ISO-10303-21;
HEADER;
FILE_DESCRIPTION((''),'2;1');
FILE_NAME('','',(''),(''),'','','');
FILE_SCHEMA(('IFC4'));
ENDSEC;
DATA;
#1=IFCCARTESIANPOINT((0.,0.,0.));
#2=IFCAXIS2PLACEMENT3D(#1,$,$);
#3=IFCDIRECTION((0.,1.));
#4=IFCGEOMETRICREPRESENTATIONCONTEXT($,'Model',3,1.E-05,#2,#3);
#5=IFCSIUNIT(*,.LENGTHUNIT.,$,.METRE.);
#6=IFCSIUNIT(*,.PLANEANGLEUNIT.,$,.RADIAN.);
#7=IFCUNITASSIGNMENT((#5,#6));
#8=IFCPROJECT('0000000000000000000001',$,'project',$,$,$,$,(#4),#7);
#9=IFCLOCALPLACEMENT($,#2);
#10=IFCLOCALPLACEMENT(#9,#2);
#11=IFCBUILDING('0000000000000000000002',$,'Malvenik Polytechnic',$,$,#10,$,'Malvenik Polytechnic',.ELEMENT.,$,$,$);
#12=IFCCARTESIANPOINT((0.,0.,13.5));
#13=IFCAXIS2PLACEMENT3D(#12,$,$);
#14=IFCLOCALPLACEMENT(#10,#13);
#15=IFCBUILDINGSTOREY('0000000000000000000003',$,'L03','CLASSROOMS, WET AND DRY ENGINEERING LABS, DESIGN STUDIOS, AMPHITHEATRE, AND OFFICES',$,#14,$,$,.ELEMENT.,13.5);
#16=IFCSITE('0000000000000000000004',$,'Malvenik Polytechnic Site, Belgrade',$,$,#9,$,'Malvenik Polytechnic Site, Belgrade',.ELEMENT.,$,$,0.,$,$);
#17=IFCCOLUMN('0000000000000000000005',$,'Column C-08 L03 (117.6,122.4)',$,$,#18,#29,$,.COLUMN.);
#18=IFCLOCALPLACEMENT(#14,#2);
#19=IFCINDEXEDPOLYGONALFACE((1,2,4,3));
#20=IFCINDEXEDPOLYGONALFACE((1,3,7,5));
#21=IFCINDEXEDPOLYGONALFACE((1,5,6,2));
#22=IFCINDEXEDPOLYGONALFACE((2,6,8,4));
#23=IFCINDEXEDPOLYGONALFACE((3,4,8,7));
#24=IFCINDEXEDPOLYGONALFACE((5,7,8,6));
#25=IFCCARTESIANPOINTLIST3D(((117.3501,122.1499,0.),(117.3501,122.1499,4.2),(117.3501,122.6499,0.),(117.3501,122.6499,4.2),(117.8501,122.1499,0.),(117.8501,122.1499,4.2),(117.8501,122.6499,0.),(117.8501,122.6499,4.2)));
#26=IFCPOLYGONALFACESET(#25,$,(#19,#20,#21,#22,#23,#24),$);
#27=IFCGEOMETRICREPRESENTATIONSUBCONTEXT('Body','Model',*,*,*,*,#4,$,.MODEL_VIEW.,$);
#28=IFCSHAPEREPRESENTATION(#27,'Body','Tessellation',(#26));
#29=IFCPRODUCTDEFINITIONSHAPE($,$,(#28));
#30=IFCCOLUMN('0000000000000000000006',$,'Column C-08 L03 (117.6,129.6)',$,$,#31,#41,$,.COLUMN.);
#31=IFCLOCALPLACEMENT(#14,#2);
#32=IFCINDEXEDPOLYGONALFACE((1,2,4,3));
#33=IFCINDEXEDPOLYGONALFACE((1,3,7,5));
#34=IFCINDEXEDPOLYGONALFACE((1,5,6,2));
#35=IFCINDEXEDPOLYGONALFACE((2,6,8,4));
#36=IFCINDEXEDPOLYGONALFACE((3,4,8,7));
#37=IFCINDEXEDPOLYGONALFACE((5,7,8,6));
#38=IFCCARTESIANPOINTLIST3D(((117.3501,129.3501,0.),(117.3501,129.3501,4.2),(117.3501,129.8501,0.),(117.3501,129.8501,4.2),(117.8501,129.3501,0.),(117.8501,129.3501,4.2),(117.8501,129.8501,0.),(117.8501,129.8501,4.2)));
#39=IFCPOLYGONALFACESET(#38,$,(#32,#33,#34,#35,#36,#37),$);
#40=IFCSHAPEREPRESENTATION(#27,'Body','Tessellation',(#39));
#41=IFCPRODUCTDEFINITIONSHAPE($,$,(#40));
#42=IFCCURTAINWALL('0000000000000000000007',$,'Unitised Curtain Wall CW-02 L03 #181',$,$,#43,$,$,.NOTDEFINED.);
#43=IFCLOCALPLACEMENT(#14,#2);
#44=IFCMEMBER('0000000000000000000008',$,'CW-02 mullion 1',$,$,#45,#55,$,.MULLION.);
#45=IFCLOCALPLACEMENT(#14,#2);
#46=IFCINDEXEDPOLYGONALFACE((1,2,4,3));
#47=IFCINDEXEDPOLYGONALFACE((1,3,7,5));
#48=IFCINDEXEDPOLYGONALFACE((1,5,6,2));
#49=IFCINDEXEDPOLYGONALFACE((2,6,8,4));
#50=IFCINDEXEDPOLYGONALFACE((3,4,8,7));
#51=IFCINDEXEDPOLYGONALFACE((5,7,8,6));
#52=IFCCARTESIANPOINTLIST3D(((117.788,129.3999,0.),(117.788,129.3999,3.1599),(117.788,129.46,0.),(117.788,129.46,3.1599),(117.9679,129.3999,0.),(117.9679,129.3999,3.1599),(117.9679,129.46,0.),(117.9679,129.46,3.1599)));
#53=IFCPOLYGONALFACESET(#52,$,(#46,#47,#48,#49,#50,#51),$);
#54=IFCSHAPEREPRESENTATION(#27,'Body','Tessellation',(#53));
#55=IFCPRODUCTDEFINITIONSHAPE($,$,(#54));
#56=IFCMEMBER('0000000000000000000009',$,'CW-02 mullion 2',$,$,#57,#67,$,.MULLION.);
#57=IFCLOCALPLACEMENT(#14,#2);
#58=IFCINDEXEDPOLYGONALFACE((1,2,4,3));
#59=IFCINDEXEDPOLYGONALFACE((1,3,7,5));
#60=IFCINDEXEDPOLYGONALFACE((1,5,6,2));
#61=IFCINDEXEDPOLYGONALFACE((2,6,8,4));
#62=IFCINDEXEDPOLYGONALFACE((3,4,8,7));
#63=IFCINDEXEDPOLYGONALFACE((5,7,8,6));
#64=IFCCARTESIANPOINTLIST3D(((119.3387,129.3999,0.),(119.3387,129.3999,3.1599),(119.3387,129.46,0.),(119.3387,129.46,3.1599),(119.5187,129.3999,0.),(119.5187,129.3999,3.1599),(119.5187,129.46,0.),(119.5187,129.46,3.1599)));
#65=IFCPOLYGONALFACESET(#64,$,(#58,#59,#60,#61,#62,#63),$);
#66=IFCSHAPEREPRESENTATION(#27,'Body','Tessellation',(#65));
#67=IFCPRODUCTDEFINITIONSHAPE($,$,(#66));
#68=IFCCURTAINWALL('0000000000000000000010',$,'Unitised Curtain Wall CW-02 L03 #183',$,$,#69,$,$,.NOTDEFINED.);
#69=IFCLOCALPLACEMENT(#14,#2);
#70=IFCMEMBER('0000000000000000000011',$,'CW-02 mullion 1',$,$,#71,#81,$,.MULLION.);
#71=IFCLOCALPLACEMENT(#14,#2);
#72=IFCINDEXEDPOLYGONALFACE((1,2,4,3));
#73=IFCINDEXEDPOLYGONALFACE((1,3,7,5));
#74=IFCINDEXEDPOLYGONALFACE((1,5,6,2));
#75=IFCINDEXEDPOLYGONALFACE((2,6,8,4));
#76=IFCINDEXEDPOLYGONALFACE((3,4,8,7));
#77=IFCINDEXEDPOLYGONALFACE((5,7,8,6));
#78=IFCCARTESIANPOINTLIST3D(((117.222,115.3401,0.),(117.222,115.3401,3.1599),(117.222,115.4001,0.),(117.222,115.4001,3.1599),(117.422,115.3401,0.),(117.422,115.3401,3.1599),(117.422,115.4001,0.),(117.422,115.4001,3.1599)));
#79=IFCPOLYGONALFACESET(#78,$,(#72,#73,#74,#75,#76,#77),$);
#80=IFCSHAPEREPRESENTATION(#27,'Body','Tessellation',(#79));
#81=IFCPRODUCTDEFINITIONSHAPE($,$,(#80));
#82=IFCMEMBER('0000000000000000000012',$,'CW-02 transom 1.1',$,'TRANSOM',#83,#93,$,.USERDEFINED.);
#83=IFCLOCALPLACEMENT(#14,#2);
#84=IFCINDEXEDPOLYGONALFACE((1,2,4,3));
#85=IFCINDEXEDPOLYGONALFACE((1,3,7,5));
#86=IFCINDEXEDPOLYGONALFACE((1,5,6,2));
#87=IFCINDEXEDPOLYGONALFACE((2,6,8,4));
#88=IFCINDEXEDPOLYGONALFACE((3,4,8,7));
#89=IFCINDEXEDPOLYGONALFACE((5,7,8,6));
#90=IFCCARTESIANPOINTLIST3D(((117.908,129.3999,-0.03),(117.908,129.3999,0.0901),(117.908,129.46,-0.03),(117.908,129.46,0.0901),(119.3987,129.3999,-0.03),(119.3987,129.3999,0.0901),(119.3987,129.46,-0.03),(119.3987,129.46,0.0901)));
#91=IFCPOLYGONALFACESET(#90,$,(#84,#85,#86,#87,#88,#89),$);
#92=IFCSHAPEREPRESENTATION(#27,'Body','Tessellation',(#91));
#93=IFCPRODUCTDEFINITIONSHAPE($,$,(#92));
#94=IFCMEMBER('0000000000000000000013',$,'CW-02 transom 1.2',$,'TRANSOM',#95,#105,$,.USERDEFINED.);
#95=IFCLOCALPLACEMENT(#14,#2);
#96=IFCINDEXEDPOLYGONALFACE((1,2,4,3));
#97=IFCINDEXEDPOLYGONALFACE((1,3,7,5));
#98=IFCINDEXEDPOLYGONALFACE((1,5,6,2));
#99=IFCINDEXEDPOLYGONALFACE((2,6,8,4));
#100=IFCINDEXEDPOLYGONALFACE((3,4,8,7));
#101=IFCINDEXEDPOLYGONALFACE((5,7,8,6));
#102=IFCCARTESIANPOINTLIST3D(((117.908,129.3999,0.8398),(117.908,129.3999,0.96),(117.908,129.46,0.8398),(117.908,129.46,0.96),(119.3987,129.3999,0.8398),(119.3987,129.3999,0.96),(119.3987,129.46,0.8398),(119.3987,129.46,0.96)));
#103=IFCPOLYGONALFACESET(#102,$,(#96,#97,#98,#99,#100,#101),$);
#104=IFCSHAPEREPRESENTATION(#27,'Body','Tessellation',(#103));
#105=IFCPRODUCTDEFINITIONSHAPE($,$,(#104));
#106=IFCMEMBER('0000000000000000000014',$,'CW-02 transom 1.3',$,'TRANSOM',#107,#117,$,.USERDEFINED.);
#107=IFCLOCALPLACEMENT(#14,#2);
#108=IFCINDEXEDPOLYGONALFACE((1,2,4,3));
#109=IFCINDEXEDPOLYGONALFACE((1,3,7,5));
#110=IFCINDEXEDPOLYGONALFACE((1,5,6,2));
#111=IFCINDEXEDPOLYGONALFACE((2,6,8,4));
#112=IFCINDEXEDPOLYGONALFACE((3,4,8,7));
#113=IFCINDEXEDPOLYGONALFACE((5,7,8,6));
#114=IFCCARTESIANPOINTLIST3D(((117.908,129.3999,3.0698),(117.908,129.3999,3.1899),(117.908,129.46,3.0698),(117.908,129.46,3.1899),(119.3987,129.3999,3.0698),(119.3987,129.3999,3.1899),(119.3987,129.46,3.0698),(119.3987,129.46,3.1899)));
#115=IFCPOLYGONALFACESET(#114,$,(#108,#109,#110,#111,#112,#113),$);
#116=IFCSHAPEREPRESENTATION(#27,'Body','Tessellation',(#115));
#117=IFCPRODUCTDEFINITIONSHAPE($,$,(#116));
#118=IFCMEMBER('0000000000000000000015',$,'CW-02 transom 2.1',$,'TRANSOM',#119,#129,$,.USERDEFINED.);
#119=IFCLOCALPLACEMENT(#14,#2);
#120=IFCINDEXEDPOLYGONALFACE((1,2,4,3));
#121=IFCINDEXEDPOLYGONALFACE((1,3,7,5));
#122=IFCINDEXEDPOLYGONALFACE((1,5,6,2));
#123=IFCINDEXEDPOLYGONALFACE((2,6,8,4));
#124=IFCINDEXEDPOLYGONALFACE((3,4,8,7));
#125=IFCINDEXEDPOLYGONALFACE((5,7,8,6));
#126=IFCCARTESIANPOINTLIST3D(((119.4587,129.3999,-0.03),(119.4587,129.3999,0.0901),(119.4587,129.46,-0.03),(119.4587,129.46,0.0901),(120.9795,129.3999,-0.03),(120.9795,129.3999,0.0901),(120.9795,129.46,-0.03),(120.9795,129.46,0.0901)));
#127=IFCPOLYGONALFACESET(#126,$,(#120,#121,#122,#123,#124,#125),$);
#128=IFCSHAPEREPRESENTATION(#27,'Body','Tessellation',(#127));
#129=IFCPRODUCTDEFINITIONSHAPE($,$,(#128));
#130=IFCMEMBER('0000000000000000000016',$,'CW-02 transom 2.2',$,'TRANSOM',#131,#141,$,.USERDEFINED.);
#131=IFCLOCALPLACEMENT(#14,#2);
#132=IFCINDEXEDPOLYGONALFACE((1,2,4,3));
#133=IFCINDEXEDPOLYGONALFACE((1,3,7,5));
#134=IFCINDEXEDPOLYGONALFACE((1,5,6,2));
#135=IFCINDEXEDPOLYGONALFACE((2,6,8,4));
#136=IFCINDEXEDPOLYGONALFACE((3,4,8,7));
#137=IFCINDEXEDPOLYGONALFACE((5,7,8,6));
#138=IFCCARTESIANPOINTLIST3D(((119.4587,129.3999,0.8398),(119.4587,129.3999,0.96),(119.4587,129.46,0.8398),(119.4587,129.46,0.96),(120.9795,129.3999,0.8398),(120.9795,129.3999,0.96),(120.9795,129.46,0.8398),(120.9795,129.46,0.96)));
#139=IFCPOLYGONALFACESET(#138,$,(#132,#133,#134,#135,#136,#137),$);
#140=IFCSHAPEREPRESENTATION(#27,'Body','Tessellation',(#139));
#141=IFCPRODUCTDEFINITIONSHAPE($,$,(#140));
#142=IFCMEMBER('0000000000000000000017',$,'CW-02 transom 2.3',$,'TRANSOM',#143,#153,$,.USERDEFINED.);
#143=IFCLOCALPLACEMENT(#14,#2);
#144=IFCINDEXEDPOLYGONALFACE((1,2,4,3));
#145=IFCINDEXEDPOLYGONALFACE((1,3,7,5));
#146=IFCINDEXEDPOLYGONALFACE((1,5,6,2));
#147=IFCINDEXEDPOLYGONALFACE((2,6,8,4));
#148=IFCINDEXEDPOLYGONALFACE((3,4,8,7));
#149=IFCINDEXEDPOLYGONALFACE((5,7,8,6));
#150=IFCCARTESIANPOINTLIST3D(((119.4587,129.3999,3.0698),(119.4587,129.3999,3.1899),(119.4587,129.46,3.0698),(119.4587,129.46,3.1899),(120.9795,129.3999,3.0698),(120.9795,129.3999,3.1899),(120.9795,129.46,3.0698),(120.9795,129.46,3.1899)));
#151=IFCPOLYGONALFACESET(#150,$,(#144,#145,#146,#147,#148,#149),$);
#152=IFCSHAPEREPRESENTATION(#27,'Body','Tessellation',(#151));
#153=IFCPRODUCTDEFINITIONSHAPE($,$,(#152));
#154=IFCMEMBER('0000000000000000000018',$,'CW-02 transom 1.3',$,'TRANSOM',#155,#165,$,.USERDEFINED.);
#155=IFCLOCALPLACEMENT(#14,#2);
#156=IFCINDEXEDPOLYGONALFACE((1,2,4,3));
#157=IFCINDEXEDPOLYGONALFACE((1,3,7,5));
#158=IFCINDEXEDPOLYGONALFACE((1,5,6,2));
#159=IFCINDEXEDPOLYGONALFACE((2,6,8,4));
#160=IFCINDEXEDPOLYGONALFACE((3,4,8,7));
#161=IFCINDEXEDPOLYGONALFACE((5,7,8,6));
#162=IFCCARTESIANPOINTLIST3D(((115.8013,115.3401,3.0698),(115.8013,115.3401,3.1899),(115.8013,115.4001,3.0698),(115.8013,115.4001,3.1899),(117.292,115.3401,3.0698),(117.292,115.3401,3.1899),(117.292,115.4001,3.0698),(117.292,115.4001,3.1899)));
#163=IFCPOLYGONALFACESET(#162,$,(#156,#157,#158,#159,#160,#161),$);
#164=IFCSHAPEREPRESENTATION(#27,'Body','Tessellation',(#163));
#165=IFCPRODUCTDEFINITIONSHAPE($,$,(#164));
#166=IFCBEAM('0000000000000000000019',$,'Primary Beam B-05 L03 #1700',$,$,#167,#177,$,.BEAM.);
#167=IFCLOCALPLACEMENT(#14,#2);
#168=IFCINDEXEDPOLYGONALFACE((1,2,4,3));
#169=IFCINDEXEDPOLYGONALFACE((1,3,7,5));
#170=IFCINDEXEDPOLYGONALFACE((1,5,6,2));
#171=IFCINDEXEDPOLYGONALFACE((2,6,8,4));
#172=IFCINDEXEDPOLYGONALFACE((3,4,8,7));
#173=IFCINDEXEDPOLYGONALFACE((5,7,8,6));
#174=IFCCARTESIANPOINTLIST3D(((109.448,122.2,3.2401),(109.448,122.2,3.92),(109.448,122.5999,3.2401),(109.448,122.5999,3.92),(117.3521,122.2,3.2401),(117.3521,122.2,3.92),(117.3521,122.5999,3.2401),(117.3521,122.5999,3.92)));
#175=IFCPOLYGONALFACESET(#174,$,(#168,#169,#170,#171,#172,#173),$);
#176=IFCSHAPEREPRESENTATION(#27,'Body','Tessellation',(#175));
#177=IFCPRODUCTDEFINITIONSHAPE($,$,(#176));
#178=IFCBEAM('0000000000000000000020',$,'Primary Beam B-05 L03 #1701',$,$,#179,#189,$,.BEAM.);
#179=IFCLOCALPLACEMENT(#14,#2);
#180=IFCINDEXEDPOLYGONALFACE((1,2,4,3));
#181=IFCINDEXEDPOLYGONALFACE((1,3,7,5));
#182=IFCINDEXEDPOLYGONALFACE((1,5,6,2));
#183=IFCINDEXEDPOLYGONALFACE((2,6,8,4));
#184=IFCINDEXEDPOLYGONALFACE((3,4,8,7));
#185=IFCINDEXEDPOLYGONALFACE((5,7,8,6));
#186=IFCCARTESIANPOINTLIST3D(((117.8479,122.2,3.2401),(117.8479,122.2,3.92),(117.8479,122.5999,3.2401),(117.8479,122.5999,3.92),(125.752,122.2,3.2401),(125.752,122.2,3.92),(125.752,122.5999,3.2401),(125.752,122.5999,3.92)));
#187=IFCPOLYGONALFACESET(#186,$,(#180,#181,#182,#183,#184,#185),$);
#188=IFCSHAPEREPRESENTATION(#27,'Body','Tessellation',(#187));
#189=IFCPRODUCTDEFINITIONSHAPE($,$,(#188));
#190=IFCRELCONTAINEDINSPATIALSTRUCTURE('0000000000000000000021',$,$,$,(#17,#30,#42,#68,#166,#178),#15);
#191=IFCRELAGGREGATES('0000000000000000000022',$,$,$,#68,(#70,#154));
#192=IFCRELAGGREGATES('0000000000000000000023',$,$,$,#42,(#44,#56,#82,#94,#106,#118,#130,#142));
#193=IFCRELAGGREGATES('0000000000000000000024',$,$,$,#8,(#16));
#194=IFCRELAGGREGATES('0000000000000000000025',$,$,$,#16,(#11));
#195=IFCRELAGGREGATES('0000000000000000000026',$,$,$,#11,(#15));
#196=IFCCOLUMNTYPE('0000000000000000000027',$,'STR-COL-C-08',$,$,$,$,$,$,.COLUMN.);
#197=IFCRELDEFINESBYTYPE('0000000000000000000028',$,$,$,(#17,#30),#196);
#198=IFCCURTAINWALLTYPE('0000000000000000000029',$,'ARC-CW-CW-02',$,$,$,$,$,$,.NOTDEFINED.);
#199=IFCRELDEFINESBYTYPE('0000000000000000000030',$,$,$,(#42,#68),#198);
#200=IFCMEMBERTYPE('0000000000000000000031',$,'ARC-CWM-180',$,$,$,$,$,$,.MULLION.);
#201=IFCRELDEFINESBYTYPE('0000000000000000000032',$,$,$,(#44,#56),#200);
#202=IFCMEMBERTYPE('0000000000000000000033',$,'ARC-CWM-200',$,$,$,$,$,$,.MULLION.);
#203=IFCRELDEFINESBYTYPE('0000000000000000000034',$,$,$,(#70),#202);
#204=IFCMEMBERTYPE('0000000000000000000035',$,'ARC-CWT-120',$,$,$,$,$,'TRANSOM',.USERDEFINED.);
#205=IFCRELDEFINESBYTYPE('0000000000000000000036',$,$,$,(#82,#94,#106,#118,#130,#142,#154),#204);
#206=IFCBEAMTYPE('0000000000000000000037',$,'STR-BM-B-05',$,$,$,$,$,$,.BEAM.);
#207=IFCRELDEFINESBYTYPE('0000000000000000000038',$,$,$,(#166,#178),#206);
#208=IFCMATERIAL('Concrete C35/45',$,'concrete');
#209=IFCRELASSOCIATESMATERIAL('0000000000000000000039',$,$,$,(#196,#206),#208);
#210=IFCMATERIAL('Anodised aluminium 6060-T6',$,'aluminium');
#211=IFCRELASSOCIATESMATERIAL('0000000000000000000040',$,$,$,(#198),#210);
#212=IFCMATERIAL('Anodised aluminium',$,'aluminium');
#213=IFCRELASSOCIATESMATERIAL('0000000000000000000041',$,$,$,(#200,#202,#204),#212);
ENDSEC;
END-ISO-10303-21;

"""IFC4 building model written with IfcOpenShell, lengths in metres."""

from ifc_helpers import new_model, si_unit, direction, frame, origin, origin_2d, place, context, subcontext, project, spatial, rectangle, extrude, material, material_profile, profile_set, type_object, element, aggregate, save


model = new_model("IFC4")

# Units and contexts
model_context = context("Model", 3, precision=1e-05, world=origin(), true_north=direction((0.0, 1.0)))
body_context = subcontext(model_context, "Body", "Model", "MODEL_VIEW")
ifc_project = project(units=[si_unit("LENGTHUNIT", "METRE"), si_unit("PLANEANGLEUNIT", "RADIAN")], contexts=[model_context])

# Site, building, storey
site_placement = place(None, origin())
site = spatial("IfcSite", under=ifc_project, at=site_placement, Name="Malvenik Polytechnic Site, Belgrade", LongName="Malvenik Polytechnic Site, Belgrade", CompositionType="ELEMENT", RefElevation=0.0)
building_placement = place(site_placement, origin())
building = spatial("IfcBuilding", under=site, at=building_placement, Name="Malvenik Polytechnic", LongName="Malvenik Polytechnic", CompositionType="ELEMENT")
storey_placement = place(building_placement, frame((0.0, 0.0, 13.5)))
storey = spatial("IfcBuildingStorey", under=building, at=storey_placement, Name="L03", Description="CLASSROOMS, WET AND DRY ENGINEERING LABS, DESIGN STUDIOS, AMPHITHEATRE, AND OFFICES", CompositionType="ELEMENT", Elevation=13.5)

# Columns
ifc_material_1 = material(Name="Concrete C35/45", Category="concrete")
ifc_material_profile_1 = material_profile(ifc_material_1, rectangle(XDim=0.5, YDim=0.5, at=origin_2d()), Name="RC COL 500x500")
ifc_profile_set_1 = profile_set([ifc_material_profile_1], Name="Concrete C35/45")
column_type = type_object("IfcColumnType", Name="STR-COL-C-08", PredefinedType="COLUMN", material=ifc_profile_set_1)
for number, where, z_axis, x_axis, name in (
    (1, (117.6001, 122.3999, 0.0), (0.0, 0.0, 1.0), (1.0, 0.0, 0.0), "Column C-08 L03 (117.6,122.4)"),
    (2, (117.6001, 129.6001, 0.0), (0.0, 0.0, 1.0), (1.0, 0.0, 0.0), "Column C-08 L03 (117.6,129.6)"),
):
    element("IfcColumn", number, at=place(storey_placement, frame(where, z_axis=z_axis, x_axis=x_axis)), inside=storey, type_object=column_type, Name=name, PredefinedType="COLUMN", context=body_context, shape_type="SweptSolid", body=[
        extrude(rectangle(XDim=0.5, YDim=0.5, at=origin_2d()), origin(), (0.0, 0.0, 1.0), 4.2),
    ])

# Curtain wall, members
ifc_material_2 = material(Name="Anodised aluminium 6060-T6", Category="aluminium")
curtain_wall_type = type_object("IfcCurtainWallType", Name="ARC-CW-CW-02", PredefinedType="NOTDEFINED", material=ifc_material_2)
curtain_wall_1_placement = place(storey_placement, origin())
curtain_wall_1 = element("IfcCurtainWall", 3, at=curtain_wall_1_placement, inside=storey, type_object=curtain_wall_type, Name="Unitised Curtain Wall CW-02 L03 #181", PredefinedType="NOTDEFINED")
ifc_material_3 = material(Name="Anodised aluminium", Category="aluminium")
ifc_material_profile_2 = material_profile(ifc_material_3, rectangle(XDim=0.0601, YDim=0.1799, at=origin_2d()), Name="ALU MULLION 60x180")
ifc_profile_set_2 = profile_set([ifc_material_profile_2], Name="Anodised aluminium")
member_type_1 = type_object("IfcMemberType", Name="ARC-CWM-180", PredefinedType="MULLION", material=ifc_profile_set_2)
member_1_placement = place(storey_placement, frame((117.8779, 129.4299, 0.0), z_axis=(0.0, 0.0, 1.0), x_axis=(0.0, 1.0, 0.0)))
member_1 = element("IfcMember", 4, at=member_1_placement, type_object=member_type_1, Name="CW-02 mullion 1", PredefinedType="MULLION", context=body_context, shape_type="SweptSolid", body=[
    extrude(rectangle(XDim=0.0601, YDim=0.1799, at=origin_2d()), origin(), (0.0, 0.0, 1.0), 3.1599),
])
member_2_placement = place(storey_placement, frame((119.4287, 129.4299, 0.0), z_axis=(0.0, 0.0, 1.0), x_axis=(0.0, 1.0, 0.0)))
member_2 = element("IfcMember", 5, at=member_2_placement, type_object=member_type_1, Name="CW-02 mullion 2", PredefinedType="MULLION", context=body_context, shape_type="SweptSolid", body=[
    extrude(rectangle(XDim=0.0601, YDim=0.1799, at=origin_2d()), origin(), (0.0, 0.0, 1.0), 3.1599),
])

# Curtain wall, member
curtain_wall_2_placement = place(storey_placement, origin())
curtain_wall_2 = element("IfcCurtainWall", 6, at=curtain_wall_2_placement, inside=storey, type_object=curtain_wall_type, Name="Unitised Curtain Wall CW-02 L03 #183", PredefinedType="NOTDEFINED")
ifc_material_profile_3 = material_profile(ifc_material_3, rectangle(XDim=0.0601, YDim=0.2, at=origin_2d()), Name="ALU MULLION 60x200")
ifc_profile_set_3 = profile_set([ifc_material_profile_3], Name="Anodised aluminium")
member_type_2 = type_object("IfcMemberType", Name="ARC-CWM-200", PredefinedType="MULLION", material=ifc_profile_set_3)
member_3_placement = place(storey_placement, frame((117.322, 115.3701, 0.0), z_axis=(0.0, 0.0, 1.0), x_axis=(0.0, -1.0, 0.0)))
member_3 = element("IfcMember", 7, at=member_3_placement, type_object=member_type_2, Name="CW-02 mullion 1", PredefinedType="MULLION", context=body_context, shape_type="SweptSolid", body=[
    extrude(rectangle(XDim=0.0601, YDim=0.2, at=origin_2d()), origin(), (0.0, 0.0, 1.0), 3.1599),
])

# Members
ifc_material_profile_4 = material_profile(ifc_material_3, rectangle(XDim=0.0601, YDim=0.1201, at=origin_2d()), Name="ALU TRANSOM 60x120")
ifc_profile_set_4 = profile_set([ifc_material_profile_4], Name="Anodised aluminium")
member_type_3 = type_object("IfcMemberType", Name="ARC-CWT-120", ElementType="TRANSOM", PredefinedType="USERDEFINED", material=ifc_profile_set_4)
member_4_placement = place(storey_placement, frame((117.908, 129.4299, 0.03), z_axis=(1.0, 0.0, 0.0), x_axis=(0.0, 1.0, 0.0)))
member_4 = element("IfcMember", 8, at=member_4_placement, type_object=member_type_3, Name="CW-02 transom 1.1", ObjectType="TRANSOM", PredefinedType="USERDEFINED", context=body_context, shape_type="SweptSolid", body=[
    extrude(rectangle(XDim=0.0601, YDim=0.1201, at=origin_2d()), origin(), (0.0, 0.0, 1.0), 1.4907),
])
member_5_placement = place(storey_placement, frame((117.908, 129.4299, 0.8999), z_axis=(1.0, 0.0, 0.0), x_axis=(0.0, 1.0, 0.0)))
member_5 = element("IfcMember", 9, at=member_5_placement, type_object=member_type_3, Name="CW-02 transom 1.2", ObjectType="TRANSOM", PredefinedType="USERDEFINED", context=body_context, shape_type="SweptSolid", body=[
    extrude(rectangle(XDim=0.0601, YDim=0.1201, at=origin_2d()), origin(), (0.0, 0.0, 1.0), 1.4907),
])
member_6_placement = place(storey_placement, frame((117.908, 129.4299, 3.1299), z_axis=(1.0, 0.0, 0.0), x_axis=(0.0, 1.0, 0.0)))
member_6 = element("IfcMember", 10, at=member_6_placement, type_object=member_type_3, Name="CW-02 transom 1.3", ObjectType="TRANSOM", PredefinedType="USERDEFINED", context=body_context, shape_type="SweptSolid", body=[
    extrude(rectangle(XDim=0.0601, YDim=0.1201, at=origin_2d()), origin(), (0.0, 0.0, 1.0), 1.4907),
])
member_7_placement = place(storey_placement, frame((119.4587, 129.4299, 0.03), z_axis=(1.0, 0.0, 0.0), x_axis=(0.0, 1.0, 0.0)))
member_7 = element("IfcMember", 11, at=member_7_placement, type_object=member_type_3, Name="CW-02 transom 2.1", ObjectType="TRANSOM", PredefinedType="USERDEFINED", context=body_context, shape_type="SweptSolid", body=[
    extrude(rectangle(XDim=0.0601, YDim=0.1201, at=origin_2d()), origin(), (0.0, 0.0, 1.0), 1.5208),
])
member_8_placement = place(storey_placement, frame((119.4587, 129.4299, 0.8999), z_axis=(1.0, 0.0, 0.0), x_axis=(0.0, 1.0, 0.0)))
member_8 = element("IfcMember", 12, at=member_8_placement, type_object=member_type_3, Name="CW-02 transom 2.2", ObjectType="TRANSOM", PredefinedType="USERDEFINED", context=body_context, shape_type="SweptSolid", body=[
    extrude(rectangle(XDim=0.0601, YDim=0.1201, at=origin_2d()), origin(), (0.0, 0.0, 1.0), 1.5208),
])
member_9_placement = place(storey_placement, frame((119.4587, 129.4299, 3.1299), z_axis=(1.0, 0.0, 0.0), x_axis=(0.0, 1.0, 0.0)))
member_9 = element("IfcMember", 13, at=member_9_placement, type_object=member_type_3, Name="CW-02 transom 2.3", ObjectType="TRANSOM", PredefinedType="USERDEFINED", context=body_context, shape_type="SweptSolid", body=[
    extrude(rectangle(XDim=0.0601, YDim=0.1201, at=origin_2d()), origin(), (0.0, 0.0, 1.0), 1.5208),
])
member_10_placement = place(storey_placement, frame((117.292, 115.3701, 3.1299), z_axis=(-1.0, 0.0, 0.0), x_axis=(0.0, -1.0, 0.0)))
member_10 = element("IfcMember", 14, at=member_10_placement, type_object=member_type_3, Name="CW-02 transom 1.3", ObjectType="TRANSOM", PredefinedType="USERDEFINED", context=body_context, shape_type="SweptSolid", body=[
    extrude(rectangle(XDim=0.0601, YDim=0.1201, at=origin_2d()), origin(), (0.0, 0.0, 1.0), 1.4907),
])
aggregate(curtain_wall_2, [member_3, member_10])

# Beams
ifc_material_profile_5 = material_profile(ifc_material_1, rectangle(XDim=0.3999, YDim=0.6799, at=origin_2d()), Name="RC BM 400x680")
ifc_profile_set_5 = profile_set([ifc_material_profile_5], Name="Concrete C35/45")
beam_type_1 = type_object("IfcBeamType", Name="STR-BM-B-05", PredefinedType="BEAM", material=ifc_profile_set_5)
for number, where, z_axis, x_axis, name in (
    (15, (109.448, 122.3999, 3.5801), (1.0, 0.0, 0.0), (0.0, 1.0, 0.0), "Primary Beam B-05 L03 #1700"),
    (16, (117.8479, 122.3999, 3.5801), (1.0, 0.0, 0.0), (0.0, 1.0, 0.0), "Primary Beam B-05 L03 #1701"),
):
    element("IfcBeam", number, at=place(storey_placement, frame(where, z_axis=z_axis, x_axis=x_axis)), inside=storey, type_object=beam_type_1, Name=name, PredefinedType="BEAM", context=body_context, shape_type="SweptSolid", body=[
        extrude(rectangle(XDim=0.3999, YDim=0.6799, at=origin_2d()), origin(), (0.0, 0.0, 1.0), 7.9041),
    ])

aggregate(curtain_wall_1, [member_1, member_2, member_4, member_5, member_6, member_7, member_8, member_9])

save(model, "model.ifc")
